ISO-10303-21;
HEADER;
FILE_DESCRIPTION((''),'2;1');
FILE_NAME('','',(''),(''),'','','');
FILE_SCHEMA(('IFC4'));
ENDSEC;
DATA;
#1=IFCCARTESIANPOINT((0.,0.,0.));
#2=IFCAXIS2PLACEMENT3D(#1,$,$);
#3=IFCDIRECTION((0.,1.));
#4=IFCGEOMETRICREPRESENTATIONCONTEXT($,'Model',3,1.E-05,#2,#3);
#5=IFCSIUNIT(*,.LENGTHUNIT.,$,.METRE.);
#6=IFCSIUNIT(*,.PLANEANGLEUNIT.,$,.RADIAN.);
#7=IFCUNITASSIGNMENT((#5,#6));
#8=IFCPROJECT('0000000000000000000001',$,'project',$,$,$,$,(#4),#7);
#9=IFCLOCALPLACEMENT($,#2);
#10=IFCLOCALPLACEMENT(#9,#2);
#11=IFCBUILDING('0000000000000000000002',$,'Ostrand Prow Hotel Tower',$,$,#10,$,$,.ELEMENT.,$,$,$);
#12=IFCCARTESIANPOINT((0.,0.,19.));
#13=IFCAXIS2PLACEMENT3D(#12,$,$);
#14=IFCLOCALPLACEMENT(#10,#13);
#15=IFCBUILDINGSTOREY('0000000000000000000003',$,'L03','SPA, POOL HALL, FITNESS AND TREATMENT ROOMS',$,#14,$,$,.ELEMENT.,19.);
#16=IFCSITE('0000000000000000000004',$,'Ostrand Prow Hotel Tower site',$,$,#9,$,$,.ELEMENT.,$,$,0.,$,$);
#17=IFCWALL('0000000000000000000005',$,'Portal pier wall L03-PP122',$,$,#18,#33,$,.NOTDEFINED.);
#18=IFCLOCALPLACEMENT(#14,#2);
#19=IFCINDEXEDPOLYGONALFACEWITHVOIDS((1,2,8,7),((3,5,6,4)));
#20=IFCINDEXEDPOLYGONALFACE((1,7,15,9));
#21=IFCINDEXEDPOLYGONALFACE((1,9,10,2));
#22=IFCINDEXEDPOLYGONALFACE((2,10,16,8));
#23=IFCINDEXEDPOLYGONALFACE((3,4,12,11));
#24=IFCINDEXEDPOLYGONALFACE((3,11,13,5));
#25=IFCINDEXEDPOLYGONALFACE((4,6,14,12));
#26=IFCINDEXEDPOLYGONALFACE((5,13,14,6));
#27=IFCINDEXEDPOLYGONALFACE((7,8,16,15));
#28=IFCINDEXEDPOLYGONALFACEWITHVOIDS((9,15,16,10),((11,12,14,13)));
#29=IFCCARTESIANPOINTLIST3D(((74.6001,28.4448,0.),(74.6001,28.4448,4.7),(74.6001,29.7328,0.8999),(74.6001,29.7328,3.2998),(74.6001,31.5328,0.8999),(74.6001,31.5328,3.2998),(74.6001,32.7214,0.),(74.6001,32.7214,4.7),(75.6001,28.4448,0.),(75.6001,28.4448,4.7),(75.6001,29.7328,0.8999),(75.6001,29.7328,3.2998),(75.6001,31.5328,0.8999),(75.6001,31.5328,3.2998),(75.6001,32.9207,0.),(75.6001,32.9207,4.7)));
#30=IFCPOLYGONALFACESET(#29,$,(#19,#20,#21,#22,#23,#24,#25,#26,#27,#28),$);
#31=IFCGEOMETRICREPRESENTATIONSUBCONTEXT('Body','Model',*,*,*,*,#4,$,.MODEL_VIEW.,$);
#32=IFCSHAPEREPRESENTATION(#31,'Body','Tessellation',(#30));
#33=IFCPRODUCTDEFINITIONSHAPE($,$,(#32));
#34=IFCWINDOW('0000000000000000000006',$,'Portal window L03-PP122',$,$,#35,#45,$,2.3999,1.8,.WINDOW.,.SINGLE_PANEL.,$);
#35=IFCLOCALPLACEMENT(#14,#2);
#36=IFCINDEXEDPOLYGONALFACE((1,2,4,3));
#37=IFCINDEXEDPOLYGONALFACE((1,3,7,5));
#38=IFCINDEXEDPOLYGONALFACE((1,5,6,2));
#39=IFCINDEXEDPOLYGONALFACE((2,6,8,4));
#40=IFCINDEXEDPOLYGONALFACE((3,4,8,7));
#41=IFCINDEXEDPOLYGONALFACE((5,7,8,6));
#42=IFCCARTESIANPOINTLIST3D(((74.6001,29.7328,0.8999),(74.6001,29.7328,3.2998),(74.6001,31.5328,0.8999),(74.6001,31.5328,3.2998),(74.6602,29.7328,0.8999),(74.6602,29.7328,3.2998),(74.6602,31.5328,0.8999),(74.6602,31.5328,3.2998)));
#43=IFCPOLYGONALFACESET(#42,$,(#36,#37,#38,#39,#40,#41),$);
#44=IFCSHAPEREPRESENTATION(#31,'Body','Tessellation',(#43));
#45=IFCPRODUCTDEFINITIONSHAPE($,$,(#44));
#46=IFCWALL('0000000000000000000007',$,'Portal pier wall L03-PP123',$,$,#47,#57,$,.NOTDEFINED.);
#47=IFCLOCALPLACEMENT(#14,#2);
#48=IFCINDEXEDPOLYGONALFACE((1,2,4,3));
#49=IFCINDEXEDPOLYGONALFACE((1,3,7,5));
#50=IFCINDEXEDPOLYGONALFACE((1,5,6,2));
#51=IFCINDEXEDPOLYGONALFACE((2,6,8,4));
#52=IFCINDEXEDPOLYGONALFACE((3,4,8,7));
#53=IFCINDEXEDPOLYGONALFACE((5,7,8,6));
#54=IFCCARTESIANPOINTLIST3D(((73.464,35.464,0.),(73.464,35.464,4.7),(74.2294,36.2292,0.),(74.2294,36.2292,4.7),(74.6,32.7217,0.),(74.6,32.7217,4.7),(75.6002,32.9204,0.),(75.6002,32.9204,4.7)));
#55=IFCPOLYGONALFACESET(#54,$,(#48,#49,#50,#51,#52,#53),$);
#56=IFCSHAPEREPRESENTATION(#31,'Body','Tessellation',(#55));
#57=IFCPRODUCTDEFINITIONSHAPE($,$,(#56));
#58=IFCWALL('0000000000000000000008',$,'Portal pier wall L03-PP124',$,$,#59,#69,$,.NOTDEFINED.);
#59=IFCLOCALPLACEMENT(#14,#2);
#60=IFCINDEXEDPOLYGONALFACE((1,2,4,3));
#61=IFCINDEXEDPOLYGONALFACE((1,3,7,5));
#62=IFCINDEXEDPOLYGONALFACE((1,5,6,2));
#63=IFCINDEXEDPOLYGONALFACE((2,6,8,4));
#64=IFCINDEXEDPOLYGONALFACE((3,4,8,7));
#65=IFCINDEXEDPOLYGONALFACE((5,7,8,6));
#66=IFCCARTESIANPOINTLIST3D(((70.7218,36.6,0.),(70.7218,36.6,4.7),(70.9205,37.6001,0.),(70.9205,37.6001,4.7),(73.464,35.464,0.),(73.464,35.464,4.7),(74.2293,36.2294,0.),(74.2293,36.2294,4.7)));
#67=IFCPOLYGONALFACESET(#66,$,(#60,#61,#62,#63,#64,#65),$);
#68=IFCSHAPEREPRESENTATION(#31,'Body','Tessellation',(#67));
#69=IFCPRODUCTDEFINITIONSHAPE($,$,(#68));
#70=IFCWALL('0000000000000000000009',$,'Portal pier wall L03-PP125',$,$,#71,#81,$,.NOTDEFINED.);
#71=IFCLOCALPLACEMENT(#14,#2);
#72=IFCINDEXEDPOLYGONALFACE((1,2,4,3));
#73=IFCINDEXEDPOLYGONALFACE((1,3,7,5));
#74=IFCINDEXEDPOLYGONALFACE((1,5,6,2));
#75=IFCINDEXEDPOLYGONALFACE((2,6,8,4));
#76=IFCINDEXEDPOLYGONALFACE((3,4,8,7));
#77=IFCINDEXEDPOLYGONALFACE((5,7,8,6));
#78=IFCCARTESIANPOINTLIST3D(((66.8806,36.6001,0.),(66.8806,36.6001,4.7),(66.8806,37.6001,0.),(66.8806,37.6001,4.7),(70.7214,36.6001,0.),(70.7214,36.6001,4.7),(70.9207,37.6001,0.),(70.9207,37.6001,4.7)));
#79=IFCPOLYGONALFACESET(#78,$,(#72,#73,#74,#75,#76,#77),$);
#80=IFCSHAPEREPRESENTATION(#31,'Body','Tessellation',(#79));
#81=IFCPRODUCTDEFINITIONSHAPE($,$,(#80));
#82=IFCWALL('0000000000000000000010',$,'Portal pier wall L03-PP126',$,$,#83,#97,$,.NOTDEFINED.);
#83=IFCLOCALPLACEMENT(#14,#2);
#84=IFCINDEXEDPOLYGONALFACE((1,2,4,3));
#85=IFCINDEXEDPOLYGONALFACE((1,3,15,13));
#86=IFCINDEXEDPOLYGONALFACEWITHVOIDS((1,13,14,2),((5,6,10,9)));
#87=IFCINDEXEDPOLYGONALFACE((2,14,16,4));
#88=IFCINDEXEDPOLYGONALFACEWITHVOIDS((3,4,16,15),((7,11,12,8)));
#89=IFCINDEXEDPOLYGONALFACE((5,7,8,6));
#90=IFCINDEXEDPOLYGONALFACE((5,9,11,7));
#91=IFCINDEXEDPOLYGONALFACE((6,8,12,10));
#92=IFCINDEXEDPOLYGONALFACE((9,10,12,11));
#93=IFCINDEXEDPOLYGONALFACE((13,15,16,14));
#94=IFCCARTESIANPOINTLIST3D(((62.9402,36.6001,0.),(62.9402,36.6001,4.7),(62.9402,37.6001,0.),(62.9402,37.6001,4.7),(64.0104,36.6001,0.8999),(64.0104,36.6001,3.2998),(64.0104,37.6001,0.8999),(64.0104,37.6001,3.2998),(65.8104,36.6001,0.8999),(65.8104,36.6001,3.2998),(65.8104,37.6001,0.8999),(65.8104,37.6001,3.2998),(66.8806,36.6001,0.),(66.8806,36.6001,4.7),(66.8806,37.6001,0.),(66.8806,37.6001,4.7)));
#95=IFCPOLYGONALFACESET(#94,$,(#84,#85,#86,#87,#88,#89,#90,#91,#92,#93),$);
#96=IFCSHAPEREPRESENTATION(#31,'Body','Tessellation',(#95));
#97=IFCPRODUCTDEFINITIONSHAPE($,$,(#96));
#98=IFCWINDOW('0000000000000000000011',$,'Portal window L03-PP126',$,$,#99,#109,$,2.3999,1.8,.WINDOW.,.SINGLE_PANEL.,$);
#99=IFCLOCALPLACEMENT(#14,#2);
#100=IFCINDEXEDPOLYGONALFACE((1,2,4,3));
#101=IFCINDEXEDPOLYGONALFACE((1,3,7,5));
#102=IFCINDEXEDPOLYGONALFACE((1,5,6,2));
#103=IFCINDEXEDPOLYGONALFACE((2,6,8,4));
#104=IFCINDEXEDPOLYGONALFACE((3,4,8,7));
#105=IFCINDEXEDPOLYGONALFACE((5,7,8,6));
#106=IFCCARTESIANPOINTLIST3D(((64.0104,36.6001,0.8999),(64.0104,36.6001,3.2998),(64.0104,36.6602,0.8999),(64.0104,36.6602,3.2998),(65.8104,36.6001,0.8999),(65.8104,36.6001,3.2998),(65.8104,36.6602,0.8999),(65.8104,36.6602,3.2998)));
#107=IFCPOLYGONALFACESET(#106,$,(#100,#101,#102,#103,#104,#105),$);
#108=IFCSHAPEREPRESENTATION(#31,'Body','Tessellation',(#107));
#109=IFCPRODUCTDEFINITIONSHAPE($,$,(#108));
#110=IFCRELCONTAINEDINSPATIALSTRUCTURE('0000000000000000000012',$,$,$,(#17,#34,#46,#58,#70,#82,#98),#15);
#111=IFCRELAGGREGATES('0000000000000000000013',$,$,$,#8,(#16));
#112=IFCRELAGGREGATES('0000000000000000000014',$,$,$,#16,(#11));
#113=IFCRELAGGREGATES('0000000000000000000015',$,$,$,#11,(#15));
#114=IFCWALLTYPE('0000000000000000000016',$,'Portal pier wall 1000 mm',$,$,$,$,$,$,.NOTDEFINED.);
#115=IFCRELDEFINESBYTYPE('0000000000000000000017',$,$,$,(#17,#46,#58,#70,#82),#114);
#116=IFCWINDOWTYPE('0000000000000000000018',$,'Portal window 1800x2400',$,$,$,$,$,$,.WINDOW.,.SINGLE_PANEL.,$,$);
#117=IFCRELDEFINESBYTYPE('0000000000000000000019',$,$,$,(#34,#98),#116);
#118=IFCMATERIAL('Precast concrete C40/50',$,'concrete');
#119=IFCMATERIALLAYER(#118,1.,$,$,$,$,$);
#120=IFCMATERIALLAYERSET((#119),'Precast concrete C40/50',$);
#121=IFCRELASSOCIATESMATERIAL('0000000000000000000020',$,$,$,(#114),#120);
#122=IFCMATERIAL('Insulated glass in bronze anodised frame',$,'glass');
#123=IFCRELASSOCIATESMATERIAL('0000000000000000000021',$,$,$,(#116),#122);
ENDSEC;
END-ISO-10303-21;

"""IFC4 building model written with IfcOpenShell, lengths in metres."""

from ifc_helpers import new_model, si_unit, direction, frame, frame_2d, origin, place, context, subcontext, project, spatial, polyline, rectangle, outline, extrude, material, layer, layer_set, type_object, element, fill, save


model = new_model("IFC4")

# Units and contexts
model_context = context("Model", 3, precision=1e-05, world=origin(), true_north=direction((0.0, 1.0)))
body_context = subcontext(model_context, "Body", "Model", "MODEL_VIEW")
ifc_project = project(units=[si_unit("LENGTHUNIT", "METRE"), si_unit("PLANEANGLEUNIT", "RADIAN")], contexts=[model_context])

# Site, building, storey
site_placement = place(None, origin())
site = spatial("IfcSite", under=ifc_project, at=site_placement, Name="Ostrand Prow Hotel Tower site", CompositionType="ELEMENT", RefElevation=0.0)
building_placement = place(site_placement, origin())
building = spatial("IfcBuilding", under=site, at=building_placement, Name="Ostrand Prow Hotel Tower", CompositionType="ELEMENT")
storey_placement = place(building_placement, frame((0.0, 0.0, 19.0)))
storey = spatial("IfcBuildingStorey", under=building, at=storey_placement, Name="L03", Description="SPA, POOL HALL, FITNESS AND TREATMENT ROOMS", CompositionType="ELEMENT", Elevation=19.0)

# Wall, opening, window
ifc_material_1 = material(Name="Precast concrete C40/50", Category="concrete")
ifc_layer_1 = layer(ifc_material_1, 1.0)
ifc_layer_set_1 = layer_set([ifc_layer_1], Name="Precast concrete C40/50")
wall_type_1 = type_object("IfcWallType", Name="Portal pier wall 1000 mm", PredefinedType="NOTDEFINED", material=ifc_layer_set_1)
ifc_material_2 = material(Name="Insulated glass in bronze anodised frame", Category="glass")
window_type = type_object("IfcWindowType", Name="Portal window 1800x2400", PartitioningType="SINGLE_PANEL", PredefinedType="WINDOW", material=ifc_material_2)
wall_1_placement = place(storey_placement, frame((75.1001, 28.4448, 0.0), z_axis=(0.0, 0.0, 1.0), x_axis=(0.0, 1.0, 0.0)))
wall_1 = element("IfcWall", 1, at=wall_1_placement, inside=storey, type_object=wall_type_1, Name="Portal pier wall L03-PP122", PredefinedType="NOTDEFINED", context=body_context, shape_type="SweptSolid", body=[
    extrude(outline(polyline([(0.0, -0.5), (4.4758, -0.5), (4.2766, 0.5), (0.0, 0.5), (0.0, -0.5)])), origin(), (0.0, 0.0, 1.0), 4.7),
])
opening_1_placement = place(wall_1_placement, frame((1.2881, 0.0, 0.8999)))
opening_1 = element("IfcOpeningElement", 2, at=opening_1_placement, cuts=wall_1, PredefinedType="OPENING", context=body_context, shape_type="SweptSolid", body=[
    extrude(rectangle(XDim=1.8, YDim=2.3999, at=frame_2d((0.8999, 1.2))), frame((0.0, 0.51, 0.0), z_axis=(0.0, -1.0, 0.0), x_axis=(1.0, 0.0, 0.0)), (0.0, 0.0, 1.0), 1.02),
])
window_1_placement = place(opening_1_placement, origin())
window_1 = element("IfcWindow", 3, at=window_1_placement, inside=storey, type_object=window_type, Name="Portal window L03-PP122", OverallHeight=2.3999, OverallWidth=1.8, PartitioningType="SINGLE_PANEL", PredefinedType="WINDOW", context=body_context, shape_type="SweptSolid", body=[
    extrude(rectangle(XDim=1.8, YDim=2.3999, at=frame_2d((0.8999, 1.2))), frame((0.0, 0.5, 0.0), z_axis=(0.0, -1.0, 0.0), x_axis=(1.0, 0.0, 0.0)), (0.0, 0.0, 1.0), 0.0601),
])
fill(opening_1, window_1)

# Walls
wall_2_placement = place(storey_placement, frame((75.1001, 32.821, 0.0), z_axis=(0.0, 0.0, 1.0), x_axis=(-0.382725, 0.923862, 0.0)))
element("IfcWall", 4, at=wall_2_placement, inside=storey, type_object=wall_type_1, Name="Portal pier wall L03-PP123", PredefinedType="NOTDEFINED", context=body_context, shape_type="SweptSolid", body=[
    extrude(outline(polyline([(-0.0996, -0.5), (3.4819, -0.5), (3.0679, 0.5), (0.0996, 0.5), (-0.0996, -0.5)])), origin(), (0.0, 0.0, 1.0), 4.7),
])
wall_3_placement = place(storey_placement, frame((73.8467, 35.8467, 0.0), z_axis=(0.0, 0.0, 1.0), x_axis=(-0.923862, 0.382725, 0.0)))
element("IfcWall", 5, at=wall_3_placement, inside=storey, type_object=wall_type_1, Name="Portal pier wall L03-PP124", PredefinedType="NOTDEFINED", context=body_context, shape_type="SweptSolid", body=[
    extrude(outline(polyline([(-0.207, -0.5), (3.3745, -0.5), (3.1753, 0.5), (0.207, 0.5), (-0.207, -0.5)])), origin(), (0.0, 0.0, 1.0), 4.7),
])
wall_4_placement = place(storey_placement, frame((70.821, 37.1001, 0.0), z_axis=(0.0, 0.0, 1.0), x_axis=(-1.0, 0.0, 0.0)))
element("IfcWall", 6, at=wall_4_placement, inside=storey, type_object=wall_type_1, Name="Portal pier wall L03-PP125", PredefinedType="NOTDEFINED", context=body_context, shape_type="SweptSolid", body=[
    extrude(outline(polyline([(-0.0996, -0.5), (3.9404, -0.5), (3.9404, 0.5), (0.0996, 0.5), (-0.0996, -0.5)])), origin(), (0.0, 0.0, 1.0), 4.7),
])

# Wall, opening, window
wall_5_placement = place(storey_placement, frame((66.8806, 37.1001, 0.0), z_axis=(0.0, 0.0, 1.0), x_axis=(-1.0, 0.0, 0.0)))
wall_5 = element("IfcWall", 7, at=wall_5_placement, inside=storey, type_object=wall_type_1, Name="Portal pier wall L03-PP126", PredefinedType="NOTDEFINED", context=body_context, shape_type="SweptSolid", body=[
    extrude(outline(polyline([(0.0, -0.5), (3.9404, -0.5), (3.9404, 0.5), (0.0, 0.5), (0.0, -0.5)])), origin(), (0.0, 0.0, 1.0), 4.7),
])
opening_2_placement = place(wall_5_placement, frame((1.0703, 0.0, 0.8999)))
opening_2 = element("IfcOpeningElement", 8, at=opening_2_placement, cuts=wall_5, PredefinedType="OPENING", context=body_context, shape_type="SweptSolid", body=[
    extrude(rectangle(XDim=1.8, YDim=2.3999, at=frame_2d((0.8999, 1.2))), frame((0.0, 0.51, 0.0), z_axis=(0.0, -1.0, 0.0), x_axis=(1.0, 0.0, 0.0)), (0.0, 0.0, 1.0), 1.02),
])
window_2_placement = place(opening_2_placement, origin())
window_2 = element("IfcWindow", 9, at=window_2_placement, inside=storey, type_object=window_type, Name="Portal window L03-PP126", OverallHeight=2.3999, OverallWidth=1.8, PartitioningType="SINGLE_PANEL", PredefinedType="WINDOW", context=body_context, shape_type="SweptSolid", body=[
    extrude(rectangle(XDim=1.8, YDim=2.3999, at=frame_2d((0.8999, 1.2))), frame((0.0, 0.5, 0.0), z_axis=(0.0, -1.0, 0.0), x_axis=(1.0, 0.0, 0.0)), (0.0, 0.0, 1.0), 0.0601),
])
fill(opening_2, window_2)

save(model, "model.ifc")
